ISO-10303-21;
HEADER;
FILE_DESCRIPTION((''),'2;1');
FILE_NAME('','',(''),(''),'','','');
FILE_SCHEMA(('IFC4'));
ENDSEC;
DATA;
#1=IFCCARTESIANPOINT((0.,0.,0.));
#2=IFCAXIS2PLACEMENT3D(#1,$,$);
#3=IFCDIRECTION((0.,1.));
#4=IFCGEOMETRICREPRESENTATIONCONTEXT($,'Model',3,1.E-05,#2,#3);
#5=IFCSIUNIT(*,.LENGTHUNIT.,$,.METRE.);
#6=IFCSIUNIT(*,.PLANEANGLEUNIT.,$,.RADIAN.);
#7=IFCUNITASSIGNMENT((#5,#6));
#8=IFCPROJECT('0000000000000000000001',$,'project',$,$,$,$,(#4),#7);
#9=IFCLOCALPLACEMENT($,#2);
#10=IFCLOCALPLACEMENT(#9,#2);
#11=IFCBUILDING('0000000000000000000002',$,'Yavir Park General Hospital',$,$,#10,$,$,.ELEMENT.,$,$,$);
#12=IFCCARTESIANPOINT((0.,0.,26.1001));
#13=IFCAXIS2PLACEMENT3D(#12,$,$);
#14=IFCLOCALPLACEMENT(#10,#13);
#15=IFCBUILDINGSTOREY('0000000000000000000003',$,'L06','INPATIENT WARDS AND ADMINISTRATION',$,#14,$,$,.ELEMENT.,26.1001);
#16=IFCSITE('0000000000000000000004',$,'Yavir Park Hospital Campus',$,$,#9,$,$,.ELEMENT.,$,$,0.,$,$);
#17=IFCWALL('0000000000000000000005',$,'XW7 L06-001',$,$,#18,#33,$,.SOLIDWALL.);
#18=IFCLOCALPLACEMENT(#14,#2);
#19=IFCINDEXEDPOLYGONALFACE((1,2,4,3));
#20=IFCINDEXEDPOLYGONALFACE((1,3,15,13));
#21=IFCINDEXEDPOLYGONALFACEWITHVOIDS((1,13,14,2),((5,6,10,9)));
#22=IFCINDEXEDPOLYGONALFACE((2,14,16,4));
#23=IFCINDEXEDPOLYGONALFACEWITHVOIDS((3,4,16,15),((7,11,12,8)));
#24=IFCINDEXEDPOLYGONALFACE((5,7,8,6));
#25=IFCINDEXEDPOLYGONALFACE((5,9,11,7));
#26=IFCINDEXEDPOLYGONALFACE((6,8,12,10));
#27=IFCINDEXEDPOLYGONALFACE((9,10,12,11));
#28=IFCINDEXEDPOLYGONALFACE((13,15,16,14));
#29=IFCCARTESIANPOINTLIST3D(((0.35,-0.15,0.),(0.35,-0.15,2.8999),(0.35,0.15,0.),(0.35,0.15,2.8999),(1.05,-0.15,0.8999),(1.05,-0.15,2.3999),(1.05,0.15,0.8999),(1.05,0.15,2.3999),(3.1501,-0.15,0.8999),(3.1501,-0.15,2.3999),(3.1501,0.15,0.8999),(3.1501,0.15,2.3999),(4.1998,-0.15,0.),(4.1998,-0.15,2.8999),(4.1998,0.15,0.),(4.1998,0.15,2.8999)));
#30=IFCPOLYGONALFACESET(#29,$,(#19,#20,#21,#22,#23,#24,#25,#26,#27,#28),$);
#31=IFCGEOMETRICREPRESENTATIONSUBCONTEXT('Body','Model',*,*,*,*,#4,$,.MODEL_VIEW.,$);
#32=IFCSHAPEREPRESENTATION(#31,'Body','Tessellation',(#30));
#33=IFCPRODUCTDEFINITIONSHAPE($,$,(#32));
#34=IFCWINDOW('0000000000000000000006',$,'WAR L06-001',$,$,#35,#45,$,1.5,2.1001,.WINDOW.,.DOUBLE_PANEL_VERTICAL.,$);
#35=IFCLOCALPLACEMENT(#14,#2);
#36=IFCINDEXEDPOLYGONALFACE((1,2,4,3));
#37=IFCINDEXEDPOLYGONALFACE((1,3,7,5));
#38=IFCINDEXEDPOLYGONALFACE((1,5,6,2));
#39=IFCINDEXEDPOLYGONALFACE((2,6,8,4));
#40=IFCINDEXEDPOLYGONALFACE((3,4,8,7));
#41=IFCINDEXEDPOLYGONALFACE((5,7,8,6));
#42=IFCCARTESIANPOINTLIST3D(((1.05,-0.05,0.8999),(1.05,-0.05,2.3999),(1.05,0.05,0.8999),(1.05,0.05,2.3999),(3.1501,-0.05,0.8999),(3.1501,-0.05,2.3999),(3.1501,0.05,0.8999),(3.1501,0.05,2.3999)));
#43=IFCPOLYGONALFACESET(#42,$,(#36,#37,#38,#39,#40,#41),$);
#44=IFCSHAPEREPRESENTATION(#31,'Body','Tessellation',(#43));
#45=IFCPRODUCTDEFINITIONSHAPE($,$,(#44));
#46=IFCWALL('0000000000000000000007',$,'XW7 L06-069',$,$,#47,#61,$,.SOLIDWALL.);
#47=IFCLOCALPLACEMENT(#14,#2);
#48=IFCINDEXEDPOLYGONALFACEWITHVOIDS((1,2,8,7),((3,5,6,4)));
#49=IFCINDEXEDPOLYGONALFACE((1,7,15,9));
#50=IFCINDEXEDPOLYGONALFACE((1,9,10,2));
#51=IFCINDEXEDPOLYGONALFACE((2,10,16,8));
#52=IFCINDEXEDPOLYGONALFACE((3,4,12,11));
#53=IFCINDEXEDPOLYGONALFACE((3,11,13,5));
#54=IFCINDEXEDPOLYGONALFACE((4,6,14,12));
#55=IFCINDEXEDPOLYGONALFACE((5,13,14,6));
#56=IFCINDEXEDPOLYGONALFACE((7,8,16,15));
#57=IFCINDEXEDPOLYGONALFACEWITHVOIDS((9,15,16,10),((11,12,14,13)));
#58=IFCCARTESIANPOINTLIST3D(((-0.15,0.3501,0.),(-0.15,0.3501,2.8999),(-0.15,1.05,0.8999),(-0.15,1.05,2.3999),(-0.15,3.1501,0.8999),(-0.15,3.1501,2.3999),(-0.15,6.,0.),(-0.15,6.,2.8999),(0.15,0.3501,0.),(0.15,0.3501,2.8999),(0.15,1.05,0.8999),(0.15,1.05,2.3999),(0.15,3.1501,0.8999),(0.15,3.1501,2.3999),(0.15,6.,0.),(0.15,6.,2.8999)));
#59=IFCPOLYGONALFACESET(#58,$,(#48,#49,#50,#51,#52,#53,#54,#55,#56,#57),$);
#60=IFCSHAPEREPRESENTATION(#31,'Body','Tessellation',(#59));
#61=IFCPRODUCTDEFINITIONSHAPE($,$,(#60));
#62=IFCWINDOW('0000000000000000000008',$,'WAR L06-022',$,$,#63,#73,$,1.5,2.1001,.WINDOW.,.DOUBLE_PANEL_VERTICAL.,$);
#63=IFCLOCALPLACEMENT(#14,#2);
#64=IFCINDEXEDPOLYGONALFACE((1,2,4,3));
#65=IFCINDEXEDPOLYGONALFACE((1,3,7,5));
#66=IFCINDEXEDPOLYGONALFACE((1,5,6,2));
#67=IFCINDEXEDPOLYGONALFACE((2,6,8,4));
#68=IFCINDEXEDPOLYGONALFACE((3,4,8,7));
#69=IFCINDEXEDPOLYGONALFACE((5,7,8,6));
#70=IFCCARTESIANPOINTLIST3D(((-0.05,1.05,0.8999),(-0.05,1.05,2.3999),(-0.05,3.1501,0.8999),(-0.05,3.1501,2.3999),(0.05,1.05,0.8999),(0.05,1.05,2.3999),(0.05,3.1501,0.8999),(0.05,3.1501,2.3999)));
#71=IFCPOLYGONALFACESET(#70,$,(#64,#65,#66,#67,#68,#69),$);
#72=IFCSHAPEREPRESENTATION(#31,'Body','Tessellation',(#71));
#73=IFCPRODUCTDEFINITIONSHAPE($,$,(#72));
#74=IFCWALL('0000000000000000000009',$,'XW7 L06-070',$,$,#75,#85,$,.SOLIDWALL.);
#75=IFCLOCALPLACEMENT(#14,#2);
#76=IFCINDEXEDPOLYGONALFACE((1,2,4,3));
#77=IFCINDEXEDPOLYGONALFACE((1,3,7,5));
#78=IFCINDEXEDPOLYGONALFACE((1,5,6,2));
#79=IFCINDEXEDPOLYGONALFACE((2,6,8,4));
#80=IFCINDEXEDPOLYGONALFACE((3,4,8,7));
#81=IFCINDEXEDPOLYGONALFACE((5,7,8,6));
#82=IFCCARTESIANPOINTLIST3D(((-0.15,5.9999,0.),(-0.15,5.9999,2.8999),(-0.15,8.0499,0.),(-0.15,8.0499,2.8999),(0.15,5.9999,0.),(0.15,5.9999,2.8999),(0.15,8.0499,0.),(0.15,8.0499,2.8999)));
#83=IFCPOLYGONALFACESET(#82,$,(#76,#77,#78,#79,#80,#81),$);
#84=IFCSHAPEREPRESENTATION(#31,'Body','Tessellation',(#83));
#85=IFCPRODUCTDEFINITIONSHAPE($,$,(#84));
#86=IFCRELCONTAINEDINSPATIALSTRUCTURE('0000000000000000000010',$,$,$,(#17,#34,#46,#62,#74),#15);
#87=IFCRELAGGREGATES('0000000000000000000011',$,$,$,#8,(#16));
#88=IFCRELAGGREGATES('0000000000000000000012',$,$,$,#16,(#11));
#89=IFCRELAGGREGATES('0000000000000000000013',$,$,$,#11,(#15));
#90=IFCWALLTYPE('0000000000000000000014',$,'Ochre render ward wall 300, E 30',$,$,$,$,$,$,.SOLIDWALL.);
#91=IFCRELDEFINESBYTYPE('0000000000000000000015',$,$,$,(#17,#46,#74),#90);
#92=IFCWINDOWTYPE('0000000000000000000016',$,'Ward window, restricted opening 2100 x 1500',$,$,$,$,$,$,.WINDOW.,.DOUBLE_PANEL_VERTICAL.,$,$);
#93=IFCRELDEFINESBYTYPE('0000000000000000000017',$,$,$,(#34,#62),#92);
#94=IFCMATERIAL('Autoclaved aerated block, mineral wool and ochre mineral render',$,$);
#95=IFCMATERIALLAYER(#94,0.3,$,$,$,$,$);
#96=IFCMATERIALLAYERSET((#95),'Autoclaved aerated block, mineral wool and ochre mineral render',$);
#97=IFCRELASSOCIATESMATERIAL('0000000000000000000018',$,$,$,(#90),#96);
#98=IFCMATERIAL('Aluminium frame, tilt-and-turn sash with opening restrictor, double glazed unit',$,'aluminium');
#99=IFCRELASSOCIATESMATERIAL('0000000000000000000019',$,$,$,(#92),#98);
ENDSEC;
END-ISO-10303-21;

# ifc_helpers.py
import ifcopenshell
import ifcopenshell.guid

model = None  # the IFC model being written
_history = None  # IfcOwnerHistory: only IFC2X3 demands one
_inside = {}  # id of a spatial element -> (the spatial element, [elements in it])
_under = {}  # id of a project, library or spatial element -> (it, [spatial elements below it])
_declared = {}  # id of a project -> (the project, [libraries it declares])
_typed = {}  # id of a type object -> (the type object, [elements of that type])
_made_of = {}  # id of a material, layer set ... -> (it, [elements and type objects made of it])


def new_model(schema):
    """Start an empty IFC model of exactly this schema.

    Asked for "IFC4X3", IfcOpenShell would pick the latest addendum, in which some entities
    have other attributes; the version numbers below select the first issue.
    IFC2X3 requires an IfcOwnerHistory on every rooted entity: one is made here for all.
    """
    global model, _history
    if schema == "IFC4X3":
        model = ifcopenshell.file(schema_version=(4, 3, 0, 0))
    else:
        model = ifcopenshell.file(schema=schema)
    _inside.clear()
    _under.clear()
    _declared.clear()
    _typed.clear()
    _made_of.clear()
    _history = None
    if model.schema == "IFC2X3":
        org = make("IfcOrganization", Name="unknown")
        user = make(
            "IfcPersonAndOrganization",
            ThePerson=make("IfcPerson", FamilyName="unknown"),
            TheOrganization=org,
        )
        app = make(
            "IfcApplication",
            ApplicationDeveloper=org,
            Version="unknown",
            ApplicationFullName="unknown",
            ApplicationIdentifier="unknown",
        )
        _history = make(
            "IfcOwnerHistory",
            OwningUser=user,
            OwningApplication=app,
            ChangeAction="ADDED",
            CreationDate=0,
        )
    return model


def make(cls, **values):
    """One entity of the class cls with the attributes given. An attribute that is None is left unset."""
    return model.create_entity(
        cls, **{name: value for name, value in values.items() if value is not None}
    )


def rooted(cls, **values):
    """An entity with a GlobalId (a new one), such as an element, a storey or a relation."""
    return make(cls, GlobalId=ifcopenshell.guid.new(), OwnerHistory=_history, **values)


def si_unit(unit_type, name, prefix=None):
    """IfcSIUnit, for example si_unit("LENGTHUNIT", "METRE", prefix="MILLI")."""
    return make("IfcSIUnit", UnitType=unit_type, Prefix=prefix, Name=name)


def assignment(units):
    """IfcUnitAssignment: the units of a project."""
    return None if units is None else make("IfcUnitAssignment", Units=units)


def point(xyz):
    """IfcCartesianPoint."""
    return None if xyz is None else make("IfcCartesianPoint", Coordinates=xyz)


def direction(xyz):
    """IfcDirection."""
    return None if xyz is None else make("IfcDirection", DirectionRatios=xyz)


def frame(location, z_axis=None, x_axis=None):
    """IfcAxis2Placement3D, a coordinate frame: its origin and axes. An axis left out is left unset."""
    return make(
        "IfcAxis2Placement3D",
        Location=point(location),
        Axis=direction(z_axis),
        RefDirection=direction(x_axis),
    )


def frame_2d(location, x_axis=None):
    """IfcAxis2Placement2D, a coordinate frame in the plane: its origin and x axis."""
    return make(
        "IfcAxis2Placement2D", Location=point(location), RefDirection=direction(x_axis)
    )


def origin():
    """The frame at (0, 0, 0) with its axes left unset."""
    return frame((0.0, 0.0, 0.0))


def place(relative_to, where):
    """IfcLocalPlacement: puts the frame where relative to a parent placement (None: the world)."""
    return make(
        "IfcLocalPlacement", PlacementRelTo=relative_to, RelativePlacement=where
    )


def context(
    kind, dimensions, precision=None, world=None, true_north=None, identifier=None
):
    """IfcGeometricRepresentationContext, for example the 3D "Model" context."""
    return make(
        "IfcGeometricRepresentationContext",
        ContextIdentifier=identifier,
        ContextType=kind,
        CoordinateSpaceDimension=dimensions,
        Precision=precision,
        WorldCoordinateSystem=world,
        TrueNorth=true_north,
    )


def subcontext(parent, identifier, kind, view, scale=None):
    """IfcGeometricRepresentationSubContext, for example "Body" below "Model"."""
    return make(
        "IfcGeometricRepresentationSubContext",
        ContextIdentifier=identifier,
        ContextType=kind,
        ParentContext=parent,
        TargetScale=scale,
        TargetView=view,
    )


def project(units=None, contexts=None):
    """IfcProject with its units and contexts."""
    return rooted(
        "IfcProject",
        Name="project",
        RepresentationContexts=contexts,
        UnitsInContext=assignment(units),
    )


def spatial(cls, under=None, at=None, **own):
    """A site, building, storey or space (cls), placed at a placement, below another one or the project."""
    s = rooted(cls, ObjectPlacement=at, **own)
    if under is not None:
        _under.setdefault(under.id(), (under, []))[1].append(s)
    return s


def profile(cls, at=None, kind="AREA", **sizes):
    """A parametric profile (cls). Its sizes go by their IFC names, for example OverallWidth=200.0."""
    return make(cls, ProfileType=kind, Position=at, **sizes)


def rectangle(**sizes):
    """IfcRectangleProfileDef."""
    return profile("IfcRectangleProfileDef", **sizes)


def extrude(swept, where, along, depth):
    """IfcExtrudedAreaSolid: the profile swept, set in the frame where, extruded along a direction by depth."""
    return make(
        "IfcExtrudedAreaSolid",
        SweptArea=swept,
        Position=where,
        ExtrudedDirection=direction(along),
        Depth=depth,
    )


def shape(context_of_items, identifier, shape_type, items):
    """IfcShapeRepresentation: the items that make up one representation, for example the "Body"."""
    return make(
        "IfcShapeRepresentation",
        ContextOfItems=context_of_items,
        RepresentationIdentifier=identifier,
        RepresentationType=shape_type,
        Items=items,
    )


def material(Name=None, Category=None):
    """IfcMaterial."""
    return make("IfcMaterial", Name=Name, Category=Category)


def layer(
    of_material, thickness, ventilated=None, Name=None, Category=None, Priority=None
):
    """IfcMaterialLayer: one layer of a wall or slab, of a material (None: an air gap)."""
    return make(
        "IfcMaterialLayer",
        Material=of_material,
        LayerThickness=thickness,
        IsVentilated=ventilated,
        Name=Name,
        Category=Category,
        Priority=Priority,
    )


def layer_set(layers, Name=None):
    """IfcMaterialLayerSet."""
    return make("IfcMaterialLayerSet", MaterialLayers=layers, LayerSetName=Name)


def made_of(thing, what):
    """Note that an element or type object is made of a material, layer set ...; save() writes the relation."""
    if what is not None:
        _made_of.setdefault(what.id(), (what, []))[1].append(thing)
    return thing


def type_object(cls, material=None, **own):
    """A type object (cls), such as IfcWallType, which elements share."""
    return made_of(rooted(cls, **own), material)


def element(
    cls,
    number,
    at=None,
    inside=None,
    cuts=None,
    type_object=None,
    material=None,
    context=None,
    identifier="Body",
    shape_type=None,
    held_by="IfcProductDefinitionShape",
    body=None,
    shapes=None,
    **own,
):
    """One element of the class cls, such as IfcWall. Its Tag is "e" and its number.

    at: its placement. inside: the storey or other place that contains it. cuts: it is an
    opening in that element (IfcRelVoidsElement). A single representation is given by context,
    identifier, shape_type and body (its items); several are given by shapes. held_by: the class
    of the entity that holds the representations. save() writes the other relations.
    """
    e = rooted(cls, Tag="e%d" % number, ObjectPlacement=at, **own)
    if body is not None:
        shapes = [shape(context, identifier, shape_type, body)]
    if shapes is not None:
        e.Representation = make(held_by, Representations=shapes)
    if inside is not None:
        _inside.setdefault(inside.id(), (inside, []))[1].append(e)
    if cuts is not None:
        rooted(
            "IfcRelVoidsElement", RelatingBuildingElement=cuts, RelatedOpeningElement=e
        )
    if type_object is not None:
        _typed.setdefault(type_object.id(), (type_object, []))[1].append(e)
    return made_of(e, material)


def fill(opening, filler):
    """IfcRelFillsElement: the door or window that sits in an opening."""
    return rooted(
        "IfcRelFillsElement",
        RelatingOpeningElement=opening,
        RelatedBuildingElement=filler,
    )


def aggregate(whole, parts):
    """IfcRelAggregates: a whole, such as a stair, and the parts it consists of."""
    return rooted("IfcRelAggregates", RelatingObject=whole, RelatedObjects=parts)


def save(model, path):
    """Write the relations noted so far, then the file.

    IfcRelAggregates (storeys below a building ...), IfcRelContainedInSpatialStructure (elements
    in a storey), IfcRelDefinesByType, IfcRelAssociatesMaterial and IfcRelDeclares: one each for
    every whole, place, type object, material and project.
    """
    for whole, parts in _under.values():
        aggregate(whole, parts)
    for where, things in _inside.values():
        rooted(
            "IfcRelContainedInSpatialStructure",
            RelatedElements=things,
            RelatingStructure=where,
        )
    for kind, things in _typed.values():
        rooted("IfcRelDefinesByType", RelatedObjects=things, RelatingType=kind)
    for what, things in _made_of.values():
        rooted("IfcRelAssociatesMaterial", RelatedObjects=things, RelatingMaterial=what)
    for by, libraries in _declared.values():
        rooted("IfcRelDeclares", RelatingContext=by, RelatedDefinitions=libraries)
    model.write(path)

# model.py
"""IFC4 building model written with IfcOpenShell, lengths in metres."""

from ifc_helpers import new_model, si_unit, direction, frame, frame_2d, origin, place, context, subcontext, project, spatial, rectangle, extrude, material, layer, layer_set, type_object, element, fill, save


model = new_model("IFC4")

# Units and contexts
model_context = context("Model", 3, precision=1e-05, world=origin(), true_north=direction((0.0, 1.0)))
body_context = subcontext(model_context, "Body", "Model", "MODEL_VIEW")
ifc_project = project(units=[si_unit("LENGTHUNIT", "METRE"), si_unit("PLANEANGLEUNIT", "RADIAN")], contexts=[model_context])

# Site, building, storey
site_placement = place(None, origin())
site = spatial("IfcSite", under=ifc_project, at=site_placement, Name="Yavir Park Hospital Campus", CompositionType="ELEMENT", RefElevation=0.0)
building_placement = place(site_placement, origin())
building = spatial("IfcBuilding", under=site, at=building_placement, Name="Yavir Park General Hospital", CompositionType="ELEMENT")
storey_placement = place(building_placement, frame((0.0, 0.0, 26.1001)))
storey = spatial("IfcBuildingStorey", under=building, at=storey_placement, Name="L06", Description="INPATIENT WARDS AND ADMINISTRATION", CompositionType="ELEMENT", Elevation=26.1001)

# Walls, openings, windows
ifc_material_1 = material(Name="Autoclaved aerated block, mineral wool and ochre mineral render")
ifc_layer_1 = layer(ifc_material_1, 0.3)
ifc_layer_set_1 = layer_set([ifc_layer_1], Name="Autoclaved aerated block, mineral wool and ochre mineral render")
wall_type_1 = type_object("IfcWallType", Name="Ochre render ward wall 300, E 30", PredefinedType="SOLIDWALL", material=ifc_layer_set_1)
wall_1_placement = place(storey_placement, frame((0.3501, 0.0, 0.0), z_axis=(0.0, 0.0, 1.0), x_axis=(1.0, 0.0, 0.0)))
wall_1 = element("IfcWall", 1, at=wall_1_placement, inside=storey, type_object=wall_type_1, Name="XW7 L06-001", PredefinedType="SOLIDWALL", context=body_context, shape_type="SweptSolid", body=[
    extrude(rectangle(XDim=3.8499, YDim=0.3, at=frame_2d((1.9248, 0.0))), origin(), (0.0, 0.0, 1.0), 2.8999),
])
opening_1_placement = place(wall_1_placement, frame((0.7, 0.0, 0.8999)))
opening_1 = element("IfcOpeningElement", 2, at=opening_1_placement, cuts=wall_1, PredefinedType="OPENING", context=body_context, shape_type="SweptSolid", body=[
    extrude(rectangle(XDim=2.1001, YDim=1.5, at=frame_2d((1.05, 0.75))), frame((0.0, 0.1599, 0.0), z_axis=(0.0, -1.0, 0.0), x_axis=(1.0, 0.0, 0.0)), (0.0, 0.0, 1.0), 0.3201),
])
ifc_material_2 = material(Name="Aluminium frame, tilt-and-turn sash with opening restrictor, double glazed unit", Category="aluminium")
window_type = type_object("IfcWindowType", Name="Ward window, restricted opening 2100 x 1500", PartitioningType="DOUBLE_PANEL_VERTICAL", PredefinedType="WINDOW", material=ifc_material_2)
window_1_placement = place(opening_1_placement, origin())
window_1 = element("IfcWindow", 3, at=window_1_placement, inside=storey, type_object=window_type, Name="WAR L06-001", OverallHeight=1.5, OverallWidth=2.1001, PartitioningType="DOUBLE_PANEL_VERTICAL", PredefinedType="WINDOW", context=body_context, shape_type="SweptSolid", body=[
    extrude(rectangle(XDim=2.1001, YDim=1.5, at=frame_2d((1.05, 0.75))), frame((0.0, 0.05, 0.0), z_axis=(0.0, -1.0, 0.0), x_axis=(1.0, 0.0, 0.0)), (0.0, 0.0, 1.0), 0.1001),
])
fill(opening_1, window_1)
wall_2_placement = place(storey_placement, frame((0.0, 0.3501, 0.0), z_axis=(0.0, 0.0, 1.0), x_axis=(0.0, 1.0, 0.0)))
wall_2 = element("IfcWall", 4, at=wall_2_placement, inside=storey, type_object=wall_type_1, Name="XW7 L06-069", PredefinedType="SOLIDWALL", context=body_context, shape_type="SweptSolid", body=[
    extrude(rectangle(XDim=5.6499, YDim=0.3, at=frame_2d((2.825, 0.0))), origin(), (0.0, 0.0, 1.0), 2.8999),
])
opening_2_placement = place(wall_2_placement, frame((0.7, 0.0, 0.8999)))
opening_2 = element("IfcOpeningElement", 5, at=opening_2_placement, cuts=wall_2, PredefinedType="OPENING", context=body_context, shape_type="SweptSolid", body=[
    extrude(rectangle(XDim=2.1001, YDim=1.5, at=frame_2d((1.05, 0.75))), frame((0.0, 0.1599, 0.0), z_axis=(0.0, -1.0, 0.0), x_axis=(1.0, 0.0, 0.0)), (0.0, 0.0, 1.0), 0.3201),
])
window_2_placement = place(opening_2_placement, origin())
window_2 = element("IfcWindow", 6, at=window_2_placement, inside=storey, type_object=window_type, Name="WAR L06-022", OverallHeight=1.5, OverallWidth=2.1001, PartitioningType="DOUBLE_PANEL_VERTICAL", PredefinedType="WINDOW", context=body_context, shape_type="SweptSolid", body=[
    extrude(rectangle(XDim=2.1001, YDim=1.5, at=frame_2d((1.05, 0.75))), frame((0.0, 0.05, 0.0), z_axis=(0.0, -1.0, 0.0), x_axis=(1.0, 0.0, 0.0)), (0.0, 0.0, 1.0), 0.1001),
])
fill(opening_2, window_2)

# Wall
wall_3_placement = place(storey_placement, frame((0.0, 6.0, 0.0), z_axis=(0.0, 0.0, 1.0), x_axis=(0.0, 1.0, 0.0)))
element("IfcWall", 7, at=wall_3_placement, inside=storey, type_object=wall_type_1, Name="XW7 L06-070", PredefinedType="SOLIDWALL", context=body_context, shape_type="SweptSolid", body=[
    extrude(rectangle(XDim=2.05, YDim=0.3, at=frame_2d((1.0249, 0.0))), origin(), (0.0, 0.0, 1.0), 2.8999),
])

save(model, "model.ifc")
